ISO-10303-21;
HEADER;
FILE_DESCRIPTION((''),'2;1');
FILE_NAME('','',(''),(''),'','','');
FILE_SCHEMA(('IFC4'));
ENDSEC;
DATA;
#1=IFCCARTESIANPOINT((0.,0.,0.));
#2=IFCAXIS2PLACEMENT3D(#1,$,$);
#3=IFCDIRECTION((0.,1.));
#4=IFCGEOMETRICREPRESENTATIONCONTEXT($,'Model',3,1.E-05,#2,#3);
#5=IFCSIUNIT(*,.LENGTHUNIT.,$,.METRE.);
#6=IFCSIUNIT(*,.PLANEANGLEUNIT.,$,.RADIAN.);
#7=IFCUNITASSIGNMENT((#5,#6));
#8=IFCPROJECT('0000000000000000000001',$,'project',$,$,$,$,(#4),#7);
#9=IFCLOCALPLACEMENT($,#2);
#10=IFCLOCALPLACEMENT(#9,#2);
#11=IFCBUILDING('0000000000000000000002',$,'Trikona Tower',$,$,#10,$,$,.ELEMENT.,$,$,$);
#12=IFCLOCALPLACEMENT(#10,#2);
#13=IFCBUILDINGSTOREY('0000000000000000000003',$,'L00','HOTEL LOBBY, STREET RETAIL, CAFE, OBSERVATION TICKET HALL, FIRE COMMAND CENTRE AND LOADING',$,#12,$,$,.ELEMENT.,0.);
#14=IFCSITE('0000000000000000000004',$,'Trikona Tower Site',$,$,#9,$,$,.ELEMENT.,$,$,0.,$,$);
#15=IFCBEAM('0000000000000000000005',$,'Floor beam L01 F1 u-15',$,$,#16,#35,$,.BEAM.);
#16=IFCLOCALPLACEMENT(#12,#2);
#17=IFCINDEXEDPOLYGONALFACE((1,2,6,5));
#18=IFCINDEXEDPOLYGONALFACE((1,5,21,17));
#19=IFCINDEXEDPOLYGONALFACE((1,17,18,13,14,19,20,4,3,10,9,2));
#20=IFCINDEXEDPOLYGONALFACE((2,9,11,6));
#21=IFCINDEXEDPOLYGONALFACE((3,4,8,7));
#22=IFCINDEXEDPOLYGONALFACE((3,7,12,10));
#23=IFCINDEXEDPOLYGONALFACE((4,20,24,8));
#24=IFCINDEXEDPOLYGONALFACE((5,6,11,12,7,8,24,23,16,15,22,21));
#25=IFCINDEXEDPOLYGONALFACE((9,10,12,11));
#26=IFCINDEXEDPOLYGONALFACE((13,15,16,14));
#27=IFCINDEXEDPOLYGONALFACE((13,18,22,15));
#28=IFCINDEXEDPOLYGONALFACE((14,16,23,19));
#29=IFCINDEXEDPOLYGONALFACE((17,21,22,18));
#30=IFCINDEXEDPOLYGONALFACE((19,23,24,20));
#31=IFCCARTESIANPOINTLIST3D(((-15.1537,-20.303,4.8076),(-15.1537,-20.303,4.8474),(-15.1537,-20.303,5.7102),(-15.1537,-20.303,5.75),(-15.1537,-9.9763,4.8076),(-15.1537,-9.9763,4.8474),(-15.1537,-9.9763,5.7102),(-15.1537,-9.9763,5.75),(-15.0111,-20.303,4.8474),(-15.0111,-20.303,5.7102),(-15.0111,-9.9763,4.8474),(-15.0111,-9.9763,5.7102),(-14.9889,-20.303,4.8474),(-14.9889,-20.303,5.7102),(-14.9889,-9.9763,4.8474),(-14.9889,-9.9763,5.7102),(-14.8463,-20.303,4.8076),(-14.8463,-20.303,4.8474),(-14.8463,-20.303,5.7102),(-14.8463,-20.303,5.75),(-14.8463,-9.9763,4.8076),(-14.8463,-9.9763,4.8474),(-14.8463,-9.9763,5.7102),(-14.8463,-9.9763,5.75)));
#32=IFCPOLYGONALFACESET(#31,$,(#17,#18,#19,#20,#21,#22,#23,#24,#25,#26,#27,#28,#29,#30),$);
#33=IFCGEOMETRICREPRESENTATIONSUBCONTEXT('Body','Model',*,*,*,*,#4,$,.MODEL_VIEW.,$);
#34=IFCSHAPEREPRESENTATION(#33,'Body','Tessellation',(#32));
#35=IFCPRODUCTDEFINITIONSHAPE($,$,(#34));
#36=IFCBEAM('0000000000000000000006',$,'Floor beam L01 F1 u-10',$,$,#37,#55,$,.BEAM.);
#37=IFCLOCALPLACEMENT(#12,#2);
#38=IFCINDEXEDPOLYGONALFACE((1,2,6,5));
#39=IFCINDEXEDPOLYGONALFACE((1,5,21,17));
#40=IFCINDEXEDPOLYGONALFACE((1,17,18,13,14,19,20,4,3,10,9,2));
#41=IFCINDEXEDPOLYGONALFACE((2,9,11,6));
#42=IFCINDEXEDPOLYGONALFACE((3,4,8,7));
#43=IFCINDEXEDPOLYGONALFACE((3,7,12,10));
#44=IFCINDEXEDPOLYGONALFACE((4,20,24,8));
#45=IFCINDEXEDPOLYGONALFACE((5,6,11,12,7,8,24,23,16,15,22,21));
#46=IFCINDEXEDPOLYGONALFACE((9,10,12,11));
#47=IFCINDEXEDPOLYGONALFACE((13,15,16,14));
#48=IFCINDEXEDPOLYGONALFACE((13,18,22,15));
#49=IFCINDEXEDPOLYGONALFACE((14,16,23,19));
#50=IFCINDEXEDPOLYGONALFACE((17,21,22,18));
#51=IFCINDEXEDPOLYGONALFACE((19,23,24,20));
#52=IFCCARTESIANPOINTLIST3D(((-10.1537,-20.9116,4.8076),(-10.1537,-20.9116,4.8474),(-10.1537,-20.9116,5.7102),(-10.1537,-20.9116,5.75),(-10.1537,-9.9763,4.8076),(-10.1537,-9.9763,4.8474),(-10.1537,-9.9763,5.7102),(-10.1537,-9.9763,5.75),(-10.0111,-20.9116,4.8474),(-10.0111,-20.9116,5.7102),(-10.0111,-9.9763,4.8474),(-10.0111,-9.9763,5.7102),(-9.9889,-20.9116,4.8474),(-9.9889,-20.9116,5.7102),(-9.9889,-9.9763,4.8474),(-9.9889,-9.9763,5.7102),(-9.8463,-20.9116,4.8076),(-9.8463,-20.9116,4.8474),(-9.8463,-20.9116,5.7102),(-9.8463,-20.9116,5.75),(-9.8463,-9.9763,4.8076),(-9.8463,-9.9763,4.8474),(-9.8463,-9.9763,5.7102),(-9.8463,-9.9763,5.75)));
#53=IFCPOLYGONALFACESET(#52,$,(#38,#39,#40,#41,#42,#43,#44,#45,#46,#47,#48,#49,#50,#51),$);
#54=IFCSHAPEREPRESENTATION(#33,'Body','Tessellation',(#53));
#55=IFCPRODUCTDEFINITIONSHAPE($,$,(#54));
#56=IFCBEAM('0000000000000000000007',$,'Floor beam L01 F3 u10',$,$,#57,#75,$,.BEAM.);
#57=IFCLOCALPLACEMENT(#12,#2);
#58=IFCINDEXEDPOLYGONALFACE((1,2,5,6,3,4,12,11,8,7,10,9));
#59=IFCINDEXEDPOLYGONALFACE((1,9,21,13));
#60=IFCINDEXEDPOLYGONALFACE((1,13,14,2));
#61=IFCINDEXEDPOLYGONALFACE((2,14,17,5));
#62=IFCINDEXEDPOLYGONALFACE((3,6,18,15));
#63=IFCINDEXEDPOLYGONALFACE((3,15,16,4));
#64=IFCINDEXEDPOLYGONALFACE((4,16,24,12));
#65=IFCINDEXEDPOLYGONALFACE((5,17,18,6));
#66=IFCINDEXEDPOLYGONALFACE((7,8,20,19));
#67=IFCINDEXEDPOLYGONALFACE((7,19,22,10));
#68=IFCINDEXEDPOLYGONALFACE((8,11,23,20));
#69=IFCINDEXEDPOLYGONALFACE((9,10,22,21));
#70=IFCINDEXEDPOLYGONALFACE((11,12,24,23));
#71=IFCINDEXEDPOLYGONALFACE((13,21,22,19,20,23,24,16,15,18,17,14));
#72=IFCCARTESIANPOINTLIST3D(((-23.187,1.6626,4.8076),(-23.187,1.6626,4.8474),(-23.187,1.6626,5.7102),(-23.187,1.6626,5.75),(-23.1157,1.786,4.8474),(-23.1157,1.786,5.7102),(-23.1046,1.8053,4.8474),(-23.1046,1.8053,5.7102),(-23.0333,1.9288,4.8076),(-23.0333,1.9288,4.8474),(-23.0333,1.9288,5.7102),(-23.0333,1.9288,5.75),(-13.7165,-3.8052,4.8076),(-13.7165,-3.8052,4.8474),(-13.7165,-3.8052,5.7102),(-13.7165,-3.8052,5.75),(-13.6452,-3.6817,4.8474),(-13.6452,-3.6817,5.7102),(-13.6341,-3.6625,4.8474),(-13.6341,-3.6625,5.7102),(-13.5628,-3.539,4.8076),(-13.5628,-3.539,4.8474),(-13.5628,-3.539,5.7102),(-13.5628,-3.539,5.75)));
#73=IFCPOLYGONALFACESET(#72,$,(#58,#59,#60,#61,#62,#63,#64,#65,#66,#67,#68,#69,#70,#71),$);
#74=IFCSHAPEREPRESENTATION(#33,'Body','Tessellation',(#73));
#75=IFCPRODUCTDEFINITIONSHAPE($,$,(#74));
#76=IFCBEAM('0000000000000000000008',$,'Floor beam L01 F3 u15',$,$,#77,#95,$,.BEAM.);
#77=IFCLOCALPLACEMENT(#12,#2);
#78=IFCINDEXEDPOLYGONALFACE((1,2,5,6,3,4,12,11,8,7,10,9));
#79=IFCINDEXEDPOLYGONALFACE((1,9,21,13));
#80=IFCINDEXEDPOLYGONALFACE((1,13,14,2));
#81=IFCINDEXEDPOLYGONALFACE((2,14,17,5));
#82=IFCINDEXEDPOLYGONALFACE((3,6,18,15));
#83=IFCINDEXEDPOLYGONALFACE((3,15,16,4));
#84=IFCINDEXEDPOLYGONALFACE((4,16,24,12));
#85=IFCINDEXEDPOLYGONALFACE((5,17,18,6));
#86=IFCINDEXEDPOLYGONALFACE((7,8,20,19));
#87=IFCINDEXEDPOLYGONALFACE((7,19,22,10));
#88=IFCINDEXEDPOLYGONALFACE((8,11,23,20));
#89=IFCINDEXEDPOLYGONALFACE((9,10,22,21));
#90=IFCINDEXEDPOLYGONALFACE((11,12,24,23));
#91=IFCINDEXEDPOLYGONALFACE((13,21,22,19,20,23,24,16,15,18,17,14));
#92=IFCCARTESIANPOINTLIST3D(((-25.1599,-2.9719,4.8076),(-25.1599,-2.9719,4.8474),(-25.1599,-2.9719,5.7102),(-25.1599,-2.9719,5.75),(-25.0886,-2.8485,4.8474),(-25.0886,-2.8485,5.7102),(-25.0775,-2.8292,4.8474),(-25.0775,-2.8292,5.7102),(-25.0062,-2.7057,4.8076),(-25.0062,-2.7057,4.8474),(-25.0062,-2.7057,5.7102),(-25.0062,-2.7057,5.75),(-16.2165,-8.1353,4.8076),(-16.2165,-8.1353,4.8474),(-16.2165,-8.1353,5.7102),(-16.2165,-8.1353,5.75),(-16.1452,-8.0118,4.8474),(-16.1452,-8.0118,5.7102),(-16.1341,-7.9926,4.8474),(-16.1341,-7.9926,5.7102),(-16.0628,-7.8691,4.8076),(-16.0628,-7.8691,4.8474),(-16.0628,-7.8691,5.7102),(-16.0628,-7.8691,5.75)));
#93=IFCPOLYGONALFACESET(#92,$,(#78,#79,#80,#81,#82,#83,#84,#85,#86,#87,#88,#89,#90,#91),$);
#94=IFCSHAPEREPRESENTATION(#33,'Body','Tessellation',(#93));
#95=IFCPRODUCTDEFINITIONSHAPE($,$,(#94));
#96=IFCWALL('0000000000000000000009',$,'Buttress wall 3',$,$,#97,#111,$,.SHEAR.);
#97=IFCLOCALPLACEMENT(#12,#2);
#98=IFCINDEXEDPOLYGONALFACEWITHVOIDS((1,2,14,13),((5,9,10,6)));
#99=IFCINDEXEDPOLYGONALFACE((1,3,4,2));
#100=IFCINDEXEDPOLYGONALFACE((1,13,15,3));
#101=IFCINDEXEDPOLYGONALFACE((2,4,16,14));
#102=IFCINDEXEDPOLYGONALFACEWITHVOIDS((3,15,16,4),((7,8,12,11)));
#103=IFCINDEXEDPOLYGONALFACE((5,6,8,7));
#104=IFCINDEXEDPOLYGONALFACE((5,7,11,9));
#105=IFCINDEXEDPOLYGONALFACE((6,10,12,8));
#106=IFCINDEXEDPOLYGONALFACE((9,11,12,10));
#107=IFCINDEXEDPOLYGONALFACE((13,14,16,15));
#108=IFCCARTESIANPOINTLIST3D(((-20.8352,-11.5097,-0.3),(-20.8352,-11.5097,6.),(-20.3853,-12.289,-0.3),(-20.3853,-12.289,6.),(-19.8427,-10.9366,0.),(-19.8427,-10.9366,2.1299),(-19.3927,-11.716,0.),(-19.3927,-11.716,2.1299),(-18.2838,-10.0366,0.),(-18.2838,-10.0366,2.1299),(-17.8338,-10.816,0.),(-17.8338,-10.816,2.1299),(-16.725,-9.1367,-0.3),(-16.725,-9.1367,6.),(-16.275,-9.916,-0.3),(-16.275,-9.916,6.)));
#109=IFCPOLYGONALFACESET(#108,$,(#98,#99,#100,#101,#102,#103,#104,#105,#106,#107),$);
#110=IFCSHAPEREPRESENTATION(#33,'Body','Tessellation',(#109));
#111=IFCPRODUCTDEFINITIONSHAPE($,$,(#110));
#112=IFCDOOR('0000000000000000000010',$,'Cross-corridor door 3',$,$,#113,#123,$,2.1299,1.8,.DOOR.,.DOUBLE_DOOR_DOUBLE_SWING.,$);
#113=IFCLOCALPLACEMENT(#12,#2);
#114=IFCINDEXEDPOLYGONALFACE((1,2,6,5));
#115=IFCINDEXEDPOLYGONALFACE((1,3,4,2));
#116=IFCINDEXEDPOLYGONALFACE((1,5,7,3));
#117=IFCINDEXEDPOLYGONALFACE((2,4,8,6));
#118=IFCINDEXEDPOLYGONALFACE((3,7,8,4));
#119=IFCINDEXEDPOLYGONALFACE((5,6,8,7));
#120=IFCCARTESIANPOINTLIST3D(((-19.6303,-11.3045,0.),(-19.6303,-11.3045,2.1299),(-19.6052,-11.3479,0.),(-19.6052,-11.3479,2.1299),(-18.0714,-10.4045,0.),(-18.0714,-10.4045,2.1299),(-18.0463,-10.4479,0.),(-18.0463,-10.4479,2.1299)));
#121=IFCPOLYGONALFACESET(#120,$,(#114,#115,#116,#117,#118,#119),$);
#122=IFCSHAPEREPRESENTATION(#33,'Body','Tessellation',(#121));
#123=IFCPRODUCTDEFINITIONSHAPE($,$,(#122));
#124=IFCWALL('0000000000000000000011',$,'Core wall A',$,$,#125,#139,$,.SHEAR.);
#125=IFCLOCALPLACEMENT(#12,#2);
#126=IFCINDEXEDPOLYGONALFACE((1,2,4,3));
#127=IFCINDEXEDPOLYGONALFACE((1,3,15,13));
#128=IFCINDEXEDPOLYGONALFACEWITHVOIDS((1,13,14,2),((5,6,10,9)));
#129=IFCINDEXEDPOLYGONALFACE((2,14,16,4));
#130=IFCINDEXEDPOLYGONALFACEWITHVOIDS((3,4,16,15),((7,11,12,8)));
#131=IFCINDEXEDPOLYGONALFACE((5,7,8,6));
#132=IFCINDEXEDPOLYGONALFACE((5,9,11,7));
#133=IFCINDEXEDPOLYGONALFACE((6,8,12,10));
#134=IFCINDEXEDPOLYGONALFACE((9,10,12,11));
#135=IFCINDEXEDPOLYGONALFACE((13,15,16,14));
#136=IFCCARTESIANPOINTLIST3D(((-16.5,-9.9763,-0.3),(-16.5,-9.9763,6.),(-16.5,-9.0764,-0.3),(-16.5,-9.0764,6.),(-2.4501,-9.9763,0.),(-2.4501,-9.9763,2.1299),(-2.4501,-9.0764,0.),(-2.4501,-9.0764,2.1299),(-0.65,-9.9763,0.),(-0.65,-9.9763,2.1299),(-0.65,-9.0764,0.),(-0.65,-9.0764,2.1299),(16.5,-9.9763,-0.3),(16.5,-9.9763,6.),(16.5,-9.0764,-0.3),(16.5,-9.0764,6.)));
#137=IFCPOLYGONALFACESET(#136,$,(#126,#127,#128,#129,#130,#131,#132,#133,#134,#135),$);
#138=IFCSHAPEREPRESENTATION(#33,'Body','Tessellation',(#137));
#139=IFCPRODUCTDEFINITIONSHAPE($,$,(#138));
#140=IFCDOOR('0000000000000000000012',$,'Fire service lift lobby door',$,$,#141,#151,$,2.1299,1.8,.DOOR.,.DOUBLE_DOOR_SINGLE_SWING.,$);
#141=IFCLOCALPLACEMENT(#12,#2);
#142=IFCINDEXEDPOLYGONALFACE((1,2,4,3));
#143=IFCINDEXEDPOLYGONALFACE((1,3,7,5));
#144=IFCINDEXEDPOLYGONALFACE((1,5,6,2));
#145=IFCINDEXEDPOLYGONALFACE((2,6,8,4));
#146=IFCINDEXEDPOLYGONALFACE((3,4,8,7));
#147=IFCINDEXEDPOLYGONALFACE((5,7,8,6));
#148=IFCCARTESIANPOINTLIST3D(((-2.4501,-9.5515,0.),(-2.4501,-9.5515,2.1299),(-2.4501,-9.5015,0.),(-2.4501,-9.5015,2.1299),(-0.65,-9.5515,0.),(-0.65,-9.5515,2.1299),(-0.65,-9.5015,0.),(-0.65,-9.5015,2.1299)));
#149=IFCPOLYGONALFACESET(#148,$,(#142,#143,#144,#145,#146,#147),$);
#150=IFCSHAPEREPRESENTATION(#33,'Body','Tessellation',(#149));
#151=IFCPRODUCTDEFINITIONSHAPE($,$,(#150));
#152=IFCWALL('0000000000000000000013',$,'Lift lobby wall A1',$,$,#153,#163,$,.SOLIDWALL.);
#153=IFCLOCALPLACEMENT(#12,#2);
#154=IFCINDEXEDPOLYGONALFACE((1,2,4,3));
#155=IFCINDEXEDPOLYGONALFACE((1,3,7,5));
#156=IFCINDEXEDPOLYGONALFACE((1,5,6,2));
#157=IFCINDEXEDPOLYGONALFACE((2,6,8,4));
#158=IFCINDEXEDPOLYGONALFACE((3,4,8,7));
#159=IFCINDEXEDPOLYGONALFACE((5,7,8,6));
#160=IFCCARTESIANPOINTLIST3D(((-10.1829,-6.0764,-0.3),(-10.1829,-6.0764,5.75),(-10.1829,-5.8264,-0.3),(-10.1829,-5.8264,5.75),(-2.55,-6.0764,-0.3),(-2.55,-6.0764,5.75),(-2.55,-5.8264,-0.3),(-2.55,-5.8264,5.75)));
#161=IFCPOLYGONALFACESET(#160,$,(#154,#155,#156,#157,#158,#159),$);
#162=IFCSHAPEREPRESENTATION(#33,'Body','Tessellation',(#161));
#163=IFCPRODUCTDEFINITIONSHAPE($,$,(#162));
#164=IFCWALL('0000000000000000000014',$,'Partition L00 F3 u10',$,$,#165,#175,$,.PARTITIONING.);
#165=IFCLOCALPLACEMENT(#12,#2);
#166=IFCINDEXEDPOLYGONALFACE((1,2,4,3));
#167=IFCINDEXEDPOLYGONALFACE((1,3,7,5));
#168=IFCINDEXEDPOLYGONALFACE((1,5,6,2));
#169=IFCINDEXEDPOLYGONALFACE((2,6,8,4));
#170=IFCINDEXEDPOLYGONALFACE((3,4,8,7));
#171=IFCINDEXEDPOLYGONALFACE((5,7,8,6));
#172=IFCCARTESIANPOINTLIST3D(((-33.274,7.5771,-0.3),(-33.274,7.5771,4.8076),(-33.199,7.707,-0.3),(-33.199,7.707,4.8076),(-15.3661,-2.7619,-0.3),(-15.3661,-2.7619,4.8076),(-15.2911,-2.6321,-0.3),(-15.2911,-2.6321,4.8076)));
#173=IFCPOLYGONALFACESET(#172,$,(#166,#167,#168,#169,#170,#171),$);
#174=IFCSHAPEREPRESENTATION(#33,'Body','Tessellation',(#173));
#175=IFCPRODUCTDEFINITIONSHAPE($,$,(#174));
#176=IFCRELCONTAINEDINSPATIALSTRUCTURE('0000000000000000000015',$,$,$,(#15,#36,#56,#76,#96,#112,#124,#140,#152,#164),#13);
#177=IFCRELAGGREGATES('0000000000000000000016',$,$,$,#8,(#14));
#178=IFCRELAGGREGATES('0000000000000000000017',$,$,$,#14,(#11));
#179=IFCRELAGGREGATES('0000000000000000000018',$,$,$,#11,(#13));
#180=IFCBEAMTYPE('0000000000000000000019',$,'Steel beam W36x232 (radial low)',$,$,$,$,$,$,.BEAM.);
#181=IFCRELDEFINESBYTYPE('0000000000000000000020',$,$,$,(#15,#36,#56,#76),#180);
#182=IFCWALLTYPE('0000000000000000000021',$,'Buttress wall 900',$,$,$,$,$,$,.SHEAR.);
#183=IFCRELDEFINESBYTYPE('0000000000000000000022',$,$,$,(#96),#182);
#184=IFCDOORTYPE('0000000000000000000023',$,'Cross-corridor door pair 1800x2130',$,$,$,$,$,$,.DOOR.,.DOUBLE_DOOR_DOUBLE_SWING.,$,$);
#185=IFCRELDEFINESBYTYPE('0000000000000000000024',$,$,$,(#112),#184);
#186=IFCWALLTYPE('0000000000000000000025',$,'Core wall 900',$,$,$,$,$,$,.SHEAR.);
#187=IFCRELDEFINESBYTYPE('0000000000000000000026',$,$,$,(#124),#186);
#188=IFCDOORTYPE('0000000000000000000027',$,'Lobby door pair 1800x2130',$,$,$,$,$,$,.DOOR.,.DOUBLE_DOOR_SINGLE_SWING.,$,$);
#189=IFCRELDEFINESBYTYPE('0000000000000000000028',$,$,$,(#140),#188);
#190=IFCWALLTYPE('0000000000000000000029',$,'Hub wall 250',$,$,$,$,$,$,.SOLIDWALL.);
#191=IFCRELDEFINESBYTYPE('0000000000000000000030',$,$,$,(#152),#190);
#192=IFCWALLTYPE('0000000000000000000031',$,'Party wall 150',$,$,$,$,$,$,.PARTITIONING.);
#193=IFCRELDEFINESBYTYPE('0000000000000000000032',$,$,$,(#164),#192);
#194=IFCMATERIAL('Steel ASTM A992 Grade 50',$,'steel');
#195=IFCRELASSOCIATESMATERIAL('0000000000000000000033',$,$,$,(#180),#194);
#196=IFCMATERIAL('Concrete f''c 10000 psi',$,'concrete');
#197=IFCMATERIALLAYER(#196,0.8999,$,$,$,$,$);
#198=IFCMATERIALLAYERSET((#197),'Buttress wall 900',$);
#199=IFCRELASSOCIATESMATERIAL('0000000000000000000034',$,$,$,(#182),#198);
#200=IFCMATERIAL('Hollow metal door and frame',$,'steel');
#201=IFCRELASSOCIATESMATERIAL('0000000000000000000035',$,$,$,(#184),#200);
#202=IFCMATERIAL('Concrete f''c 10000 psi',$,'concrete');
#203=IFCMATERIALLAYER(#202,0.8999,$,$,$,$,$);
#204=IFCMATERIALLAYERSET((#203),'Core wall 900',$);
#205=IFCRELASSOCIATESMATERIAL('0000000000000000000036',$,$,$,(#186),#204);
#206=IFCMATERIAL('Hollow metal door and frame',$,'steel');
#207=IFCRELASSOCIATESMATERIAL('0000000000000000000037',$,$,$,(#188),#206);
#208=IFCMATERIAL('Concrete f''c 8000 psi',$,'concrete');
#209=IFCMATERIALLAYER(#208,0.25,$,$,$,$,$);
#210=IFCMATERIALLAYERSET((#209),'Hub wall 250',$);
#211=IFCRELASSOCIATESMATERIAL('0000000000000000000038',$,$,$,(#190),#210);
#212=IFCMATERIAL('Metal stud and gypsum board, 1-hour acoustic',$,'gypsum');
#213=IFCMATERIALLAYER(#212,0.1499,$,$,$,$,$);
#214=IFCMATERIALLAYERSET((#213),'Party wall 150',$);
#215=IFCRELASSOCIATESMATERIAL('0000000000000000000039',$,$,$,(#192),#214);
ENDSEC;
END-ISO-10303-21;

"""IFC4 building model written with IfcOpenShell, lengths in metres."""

from ifc_helpers import new_model, si_unit, direction, frame, frame_2d, origin, origin_2d, place, context, subcontext, project, spatial, rectangle, i_section, extrude, material, layer, layer_set, material_profile, profile_set, type_object, element, fill, save


model = new_model("IFC4")

# Units and contexts
model_context = context("Model", 3, precision=1e-05, world=origin(), true_north=direction((0.0, 1.0)))
body_context = subcontext(model_context, "Body", "Model", "MODEL_VIEW")
ifc_project = project(units=[si_unit("LENGTHUNIT", "METRE"), si_unit("PLANEANGLEUNIT", "RADIAN")], contexts=[model_context])

# Site, building, storey
site_placement = place(None, origin())
site = spatial("IfcSite", under=ifc_project, at=site_placement, Name="Trikona Tower Site", CompositionType="ELEMENT", RefElevation=0.0)
building_placement = place(site_placement, origin())
building = spatial("IfcBuilding", under=site, at=building_placement, Name="Trikona Tower", CompositionType="ELEMENT")
storey_placement = place(building_placement, origin())
storey = spatial("IfcBuildingStorey", under=building, at=storey_placement, Name="L00", Description="HOTEL LOBBY, STREET RETAIL, CAFE, OBSERVATION TICKET HALL, FIRE COMMAND CENTRE AND LOADING", CompositionType="ELEMENT", Elevation=0.0)

# Beams
ifc_material_1 = material(Name="Steel ASTM A992 Grade 50", Category="steel")
ifc_material_profile = material_profile(ifc_material_1, i_section(OverallWidth=0.3074, OverallDepth=0.9424, WebThickness=0.0222, FlangeThickness=0.0398, at=origin_2d()), Name="W36X232")
ifc_profile_set = profile_set([ifc_material_profile], Name="Steel ASTM A992 Grade 50")
beam_type = type_object("IfcBeamType", Name="Steel beam W36x232 (radial low)", PredefinedType="BEAM", material=ifc_profile_set)
beam_1_placement = place(storey_placement, frame((-15.0, -9.9763, 5.2788), z_axis=(0.0, -1.0, 0.0), x_axis=(1.0, 0.0, 0.0)))
element("IfcBeam", 1, at=beam_1_placement, inside=storey, type_object=beam_type, Name="Floor beam L01 F1 u-15", PredefinedType="BEAM", context=body_context, shape_type="SweptSolid", body=[
    extrude(i_section(OverallWidth=0.3074, OverallDepth=0.9424, WebThickness=0.0222, FlangeThickness=0.0398, at=origin_2d()), origin(), (0.0, 0.0, 1.0), 10.3267),
])
beam_2_placement = place(storey_placement, frame((-10.0, -9.9763, 5.2788), z_axis=(0.0, -1.0, 0.0), x_axis=(1.0, 0.0, 0.0)))
element("IfcBeam", 2, at=beam_2_placement, inside=storey, type_object=beam_type, Name="Floor beam L01 F1 u-10", PredefinedType="BEAM", context=body_context, shape_type="SweptSolid", body=[
    extrude(i_section(OverallWidth=0.3074, OverallDepth=0.9424, WebThickness=0.0222, FlangeThickness=0.0398, at=origin_2d()), origin(), (0.0, 0.0, 1.0), 10.9353),
])
beam_3_placement = place(storey_placement, frame((-13.6396, -3.6721, 5.2788), z_axis=(-0.866025, 0.5, 0.0), x_axis=(-0.5, -0.866025, 0.0)))
element("IfcBeam", 3, at=beam_3_placement, inside=storey, type_object=beam_type, Name="Floor beam L01 F3 u10", PredefinedType="BEAM", context=body_context, shape_type="SweptSolid", body=[
    extrude(i_section(OverallWidth=0.3074, OverallDepth=0.9424, WebThickness=0.0222, FlangeThickness=0.0398, at=origin_2d()), origin(), (0.0, 0.0, 1.0), 10.9355),
])
beam_4_placement = place(storey_placement, frame((-16.1396, -8.0022, 5.2788), z_axis=(-0.86603, 0.499991, 0.0), x_axis=(-0.499991, -0.86603, 0.0)))
element("IfcBeam", 4, at=beam_4_placement, inside=storey, type_object=beam_type, Name="Floor beam L01 F3 u15", PredefinedType="BEAM", context=body_context, shape_type="SweptSolid", body=[
    extrude(i_section(OverallWidth=0.3074, OverallDepth=0.9424, WebThickness=0.0222, FlangeThickness=0.0398, at=origin_2d()), origin(), (0.0, 0.0, 1.0), 10.3269),
])

# Walls, openings, doors
ifc_material_2 = material(Name="Concrete f'c 10000 psi", Category="concrete")
ifc_layer_1 = layer(ifc_material_2, 0.8999)
ifc_layer_set_1 = layer_set([ifc_layer_1], Name="Buttress wall 900")
wall_type_1 = type_object("IfcWallType", Name="Buttress wall 900", PredefinedType="SHEAR", material=ifc_layer_set_1)
wall_1_placement = place(storey_placement, frame((-16.5, -9.5264, -0.3), z_axis=(0.0, 0.0, 1.0), x_axis=(-0.866031, -0.49999, 0.0)))
wall_1 = element("IfcWall", 5, at=wall_1_placement, inside=storey, type_object=wall_type_1, Name="Buttress wall 3", PredefinedType="SHEAR", context=body_context, shape_type="SweptSolid", body=[
    extrude(rectangle(XDim=4.7461, YDim=0.8999, at=frame_2d((2.373, 0.0))), origin(), (0.0, 0.0, 1.0), 6.3),
])
opening_1_placement = place(wall_1_placement, frame((1.8, 0.0, 0.3)))
opening_1 = element("IfcOpeningElement", 6, at=opening_1_placement, cuts=wall_1, PredefinedType="OPENING", context=body_context, shape_type="SweptSolid", body=[
    extrude(rectangle(XDim=1.8, YDim=2.1299, at=frame_2d((0.8999, 1.0649))), frame((0.0, 0.46, 0.0), z_axis=(0.0, -1.0, 0.0), x_axis=(1.0, 0.0, 0.0)), (0.0, 0.0, 1.0), 0.9199),
])
ifc_material_3 = material(Name="Hollow metal door and frame", Category="steel")
door_type_1 = type_object("IfcDoorType", Name="Cross-corridor door pair 1800x2130", OperationType="DOUBLE_DOOR_DOUBLE_SWING", PredefinedType="DOOR", material=ifc_material_3)
door_1_placement = place(opening_1_placement, origin())
door_1 = element("IfcDoor", 7, at=door_1_placement, inside=storey, type_object=door_type_1, Name="Cross-corridor door 3", OperationType="DOUBLE_DOOR_DOUBLE_SWING", OverallHeight=2.1299, OverallWidth=1.8, PredefinedType="DOOR", context=body_context, shape_type="SweptSolid", body=[
    extrude(rectangle(XDim=1.8, YDim=2.1299, at=frame_2d((0.8999, 1.0649))), frame((0.0, 0.0249, 0.0), z_axis=(0.0, -1.0, 0.0), x_axis=(1.0, 0.0, 0.0)), (0.0, 0.0, 1.0), 0.05),
])
fill(opening_1, door_1)
ifc_material_4 = material(Name="Concrete f'c 10000 psi", Category="concrete")
ifc_layer_2 = layer(ifc_material_4, 0.8999)
ifc_layer_set_2 = layer_set([ifc_layer_2], Name="Core wall 900")
wall_type_2 = type_object("IfcWallType", Name="Core wall 900", PredefinedType="SHEAR", material=ifc_layer_set_2)
wall_2_placement = place(storey_placement, frame((-16.5, -9.5264, -0.3), z_axis=(0.0, 0.0, 1.0), x_axis=(1.0, 0.0, 0.0)))
wall_2 = element("IfcWall", 8, at=wall_2_placement, inside=storey, type_object=wall_type_2, Name="Core wall A", PredefinedType="SHEAR", context=body_context, shape_type="SweptSolid", body=[
    extrude(rectangle(XDim=33.0, YDim=0.8999, at=frame_2d((16.5, 0.0))), origin(), (0.0, 0.0, 1.0), 6.3),
])
opening_2_placement = place(wall_2_placement, frame((14.05, 0.0, 0.3)))
opening_2 = element("IfcOpeningElement", 9, at=opening_2_placement, cuts=wall_2, PredefinedType="OPENING", context=body_context, shape_type="SweptSolid", body=[
    extrude(rectangle(XDim=1.8, YDim=2.1299, at=frame_2d((0.8999, 1.0649))), frame((0.0, 0.46, 0.0), z_axis=(0.0, -1.0, 0.0), x_axis=(1.0, 0.0, 0.0)), (0.0, 0.0, 1.0), 0.9199),
])
ifc_material_5 = material(Name="Hollow metal door and frame", Category="steel")
door_type_2 = type_object("IfcDoorType", Name="Lobby door pair 1800x2130", OperationType="DOUBLE_DOOR_SINGLE_SWING", PredefinedType="DOOR", material=ifc_material_5)
door_2_placement = place(opening_2_placement, origin())
door_2 = element("IfcDoor", 10, at=door_2_placement, inside=storey, type_object=door_type_2, Name="Fire service lift lobby door", OperationType="DOUBLE_DOOR_SINGLE_SWING", OverallHeight=2.1299, OverallWidth=1.8, PredefinedType="DOOR", context=body_context, shape_type="SweptSolid", body=[
    extrude(rectangle(XDim=1.8, YDim=2.1299, at=frame_2d((0.8999, 1.0649))), frame((0.0, 0.0249, 0.0), z_axis=(0.0, -1.0, 0.0), x_axis=(1.0, 0.0, 0.0)), (0.0, 0.0, 1.0), 0.05),
])
fill(opening_2, door_2)

# Walls
ifc_material_6 = material(Name="Concrete f'c 8000 psi", Category="concrete")
ifc_layer_3 = layer(ifc_material_6, 0.25)
ifc_layer_set_3 = layer_set([ifc_layer_3], Name="Hub wall 250")
wall_type_3 = type_object("IfcWallType", Name="Hub wall 250", PredefinedType="SOLIDWALL", material=ifc_layer_set_3)
wall_3_placement = place(storey_placement, frame((-10.1829, -5.9514, -0.3), z_axis=(0.0, 0.0, 1.0), x_axis=(1.0, 0.0, 0.0)))
element("IfcWall", 11, at=wall_3_placement, inside=storey, type_object=wall_type_3, Name="Lift lobby wall A1", PredefinedType="SOLIDWALL", context=body_context, shape_type="SweptSolid", body=[
    extrude(rectangle(XDim=7.6328, YDim=0.25, at=frame_2d((3.8164, 0.0))), origin(), (0.0, 0.0, 1.0), 6.05),
])
ifc_material_7 = material(Name="Metal stud and gypsum board, 1-hour acoustic", Category="gypsum")
ifc_layer_4 = layer(ifc_material_7, 0.1499)
ifc_layer_set_4 = layer_set([ifc_layer_4], Name="Party wall 150")
wall_type_4 = type_object("IfcWallType", Name="Party wall 150", PredefinedType="PARTITIONING", material=ifc_layer_set_4)
wall_4_placement = place(storey_placement, frame((-15.3286, -2.697, -0.3), z_axis=(0.0, 0.0, 1.0), x_axis=(-0.866027, 0.499998, 0.0)))
element("IfcWall", 12, at=wall_4_placement, inside=storey, type_object=wall_type_4, Name="Partition L00 F3 u10", PredefinedType="PARTITIONING", context=body_context, shape_type="SweptSolid", body=[
    extrude(rectangle(XDim=20.6782, YDim=0.1499, at=frame_2d((10.3391, 0.0))), origin(), (0.0, 0.0, 1.0), 5.1077),
])

save(model, "model.ifc")
